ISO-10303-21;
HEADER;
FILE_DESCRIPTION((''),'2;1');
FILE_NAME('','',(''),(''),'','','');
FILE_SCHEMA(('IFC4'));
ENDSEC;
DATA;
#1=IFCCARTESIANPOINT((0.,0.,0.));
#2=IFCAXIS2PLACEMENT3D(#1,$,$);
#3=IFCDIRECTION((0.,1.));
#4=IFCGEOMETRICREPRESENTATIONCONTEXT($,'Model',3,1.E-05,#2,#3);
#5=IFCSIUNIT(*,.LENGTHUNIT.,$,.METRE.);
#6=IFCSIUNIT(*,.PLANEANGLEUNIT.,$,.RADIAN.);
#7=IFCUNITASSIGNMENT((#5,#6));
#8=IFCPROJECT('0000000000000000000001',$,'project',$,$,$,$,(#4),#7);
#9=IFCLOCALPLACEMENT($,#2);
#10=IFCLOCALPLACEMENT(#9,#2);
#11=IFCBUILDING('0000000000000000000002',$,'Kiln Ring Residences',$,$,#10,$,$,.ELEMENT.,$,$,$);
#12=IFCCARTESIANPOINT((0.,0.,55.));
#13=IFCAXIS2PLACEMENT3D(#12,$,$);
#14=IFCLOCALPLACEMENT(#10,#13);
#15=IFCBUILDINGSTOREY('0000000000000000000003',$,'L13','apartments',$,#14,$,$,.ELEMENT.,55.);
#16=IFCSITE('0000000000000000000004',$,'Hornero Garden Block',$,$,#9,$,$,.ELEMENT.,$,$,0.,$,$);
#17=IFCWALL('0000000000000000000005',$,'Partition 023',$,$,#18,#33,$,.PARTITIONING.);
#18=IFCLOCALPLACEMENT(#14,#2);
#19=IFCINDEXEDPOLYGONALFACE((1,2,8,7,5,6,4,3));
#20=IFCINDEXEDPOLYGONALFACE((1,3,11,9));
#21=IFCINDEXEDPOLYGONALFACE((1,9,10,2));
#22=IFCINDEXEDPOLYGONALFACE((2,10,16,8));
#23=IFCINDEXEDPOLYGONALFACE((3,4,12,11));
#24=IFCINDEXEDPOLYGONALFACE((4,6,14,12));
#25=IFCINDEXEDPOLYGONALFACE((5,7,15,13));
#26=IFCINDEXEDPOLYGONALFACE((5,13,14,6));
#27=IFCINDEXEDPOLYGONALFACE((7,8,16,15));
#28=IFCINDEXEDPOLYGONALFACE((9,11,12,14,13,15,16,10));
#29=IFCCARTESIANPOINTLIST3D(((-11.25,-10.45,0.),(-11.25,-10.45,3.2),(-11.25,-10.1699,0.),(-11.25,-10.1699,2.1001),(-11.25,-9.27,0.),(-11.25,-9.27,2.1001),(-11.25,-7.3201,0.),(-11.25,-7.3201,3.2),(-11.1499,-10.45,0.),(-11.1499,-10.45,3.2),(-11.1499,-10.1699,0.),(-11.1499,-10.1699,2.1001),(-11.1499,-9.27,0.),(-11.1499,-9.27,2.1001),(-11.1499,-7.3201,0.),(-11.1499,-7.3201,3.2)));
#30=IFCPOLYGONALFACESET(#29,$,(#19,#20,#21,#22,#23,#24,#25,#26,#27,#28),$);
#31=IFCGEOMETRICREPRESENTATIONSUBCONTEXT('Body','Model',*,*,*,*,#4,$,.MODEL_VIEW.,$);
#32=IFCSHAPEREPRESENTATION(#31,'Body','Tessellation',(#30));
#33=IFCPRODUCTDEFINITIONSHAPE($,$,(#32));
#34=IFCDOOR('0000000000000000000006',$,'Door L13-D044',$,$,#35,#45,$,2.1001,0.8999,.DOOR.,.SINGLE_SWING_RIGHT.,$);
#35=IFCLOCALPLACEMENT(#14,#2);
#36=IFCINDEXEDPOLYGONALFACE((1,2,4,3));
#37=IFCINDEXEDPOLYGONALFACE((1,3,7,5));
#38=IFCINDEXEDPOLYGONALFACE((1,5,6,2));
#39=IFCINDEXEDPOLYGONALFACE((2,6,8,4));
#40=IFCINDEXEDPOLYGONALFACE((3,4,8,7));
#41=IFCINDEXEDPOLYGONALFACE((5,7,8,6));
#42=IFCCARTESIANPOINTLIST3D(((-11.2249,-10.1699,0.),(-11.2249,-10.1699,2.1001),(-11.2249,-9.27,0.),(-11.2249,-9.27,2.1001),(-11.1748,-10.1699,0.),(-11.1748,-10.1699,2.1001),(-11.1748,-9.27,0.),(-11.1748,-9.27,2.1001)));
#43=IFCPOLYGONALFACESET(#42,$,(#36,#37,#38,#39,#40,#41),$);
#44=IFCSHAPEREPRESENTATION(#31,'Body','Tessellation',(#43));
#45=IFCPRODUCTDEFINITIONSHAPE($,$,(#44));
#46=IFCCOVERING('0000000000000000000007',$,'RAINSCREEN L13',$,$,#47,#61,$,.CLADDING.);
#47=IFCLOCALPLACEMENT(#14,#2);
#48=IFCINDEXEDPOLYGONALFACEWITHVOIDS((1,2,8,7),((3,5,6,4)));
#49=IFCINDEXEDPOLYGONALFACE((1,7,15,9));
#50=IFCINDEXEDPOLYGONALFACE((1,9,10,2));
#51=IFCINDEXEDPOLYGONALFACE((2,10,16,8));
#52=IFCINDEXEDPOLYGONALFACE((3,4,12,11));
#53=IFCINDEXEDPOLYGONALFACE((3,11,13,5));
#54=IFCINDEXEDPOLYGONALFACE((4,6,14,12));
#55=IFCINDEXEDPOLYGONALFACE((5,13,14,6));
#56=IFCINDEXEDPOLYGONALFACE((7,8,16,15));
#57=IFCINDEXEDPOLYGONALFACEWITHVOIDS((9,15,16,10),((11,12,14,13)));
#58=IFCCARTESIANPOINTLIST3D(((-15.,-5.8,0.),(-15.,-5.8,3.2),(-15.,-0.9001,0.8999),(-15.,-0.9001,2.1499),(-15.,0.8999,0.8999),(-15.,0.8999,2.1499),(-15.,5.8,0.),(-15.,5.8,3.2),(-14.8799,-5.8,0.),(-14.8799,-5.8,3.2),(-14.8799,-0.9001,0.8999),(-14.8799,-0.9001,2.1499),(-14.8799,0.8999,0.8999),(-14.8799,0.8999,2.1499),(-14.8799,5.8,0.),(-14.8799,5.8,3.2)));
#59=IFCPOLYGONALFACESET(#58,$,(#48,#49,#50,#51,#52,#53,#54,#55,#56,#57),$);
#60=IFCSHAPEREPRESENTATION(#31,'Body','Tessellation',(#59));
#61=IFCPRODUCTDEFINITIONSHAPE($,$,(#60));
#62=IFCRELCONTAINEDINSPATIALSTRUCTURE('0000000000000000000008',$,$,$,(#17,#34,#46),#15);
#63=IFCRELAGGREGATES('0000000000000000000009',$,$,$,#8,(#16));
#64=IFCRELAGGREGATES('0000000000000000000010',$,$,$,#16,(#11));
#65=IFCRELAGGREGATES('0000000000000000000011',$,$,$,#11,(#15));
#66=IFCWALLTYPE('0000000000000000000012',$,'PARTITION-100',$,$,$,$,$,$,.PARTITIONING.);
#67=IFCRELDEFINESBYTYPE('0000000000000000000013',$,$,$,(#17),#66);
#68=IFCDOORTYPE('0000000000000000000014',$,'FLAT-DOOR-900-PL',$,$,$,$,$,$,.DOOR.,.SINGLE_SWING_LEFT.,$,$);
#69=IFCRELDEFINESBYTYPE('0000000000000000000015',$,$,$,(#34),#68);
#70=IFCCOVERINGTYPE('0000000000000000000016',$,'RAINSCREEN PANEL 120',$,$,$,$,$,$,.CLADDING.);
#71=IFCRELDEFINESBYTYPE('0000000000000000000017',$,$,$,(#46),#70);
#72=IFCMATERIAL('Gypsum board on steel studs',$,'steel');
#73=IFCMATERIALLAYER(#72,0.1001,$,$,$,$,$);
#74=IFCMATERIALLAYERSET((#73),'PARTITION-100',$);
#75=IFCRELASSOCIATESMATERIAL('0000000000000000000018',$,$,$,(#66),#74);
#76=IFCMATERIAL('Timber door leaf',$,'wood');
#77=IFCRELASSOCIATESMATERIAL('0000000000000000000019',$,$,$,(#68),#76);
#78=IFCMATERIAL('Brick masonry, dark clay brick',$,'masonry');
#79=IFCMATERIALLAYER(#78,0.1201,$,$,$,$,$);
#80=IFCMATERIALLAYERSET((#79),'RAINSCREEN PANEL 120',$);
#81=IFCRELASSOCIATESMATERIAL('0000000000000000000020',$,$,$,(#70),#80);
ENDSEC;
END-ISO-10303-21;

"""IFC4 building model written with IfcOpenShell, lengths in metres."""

from ifc_helpers import new_model, si_unit, direction, frame, frame_2d, origin, place, context, subcontext, project, spatial, polyline, rectangle, outline, extrude, material, layer, layer_set, type_object, element, fill, save


model = new_model("IFC4")

# Units and contexts
model_context = context("Model", 3, precision=1e-05, world=origin(), true_north=direction((0.0, 1.0)))
body_context = subcontext(model_context, "Body", "Model", "MODEL_VIEW")
ifc_project = project(units=[si_unit("LENGTHUNIT", "METRE"), si_unit("PLANEANGLEUNIT", "RADIAN")], contexts=[model_context])

# Site, building, storey
site_placement = place(None, origin())
site = spatial("IfcSite", under=ifc_project, at=site_placement, Name="Hornero Garden Block", CompositionType="ELEMENT", RefElevation=0.0)
building_placement = place(site_placement, origin())
building = spatial("IfcBuilding", under=site, at=building_placement, Name="Kiln Ring Residences", CompositionType="ELEMENT")
storey_placement = place(building_placement, frame((0.0, 0.0, 55.0)))
storey = spatial("IfcBuildingStorey", under=building, at=storey_placement, Name="L13", Description="apartments", CompositionType="ELEMENT", Elevation=55.0)

# Shared definitions
ifc_material_1 = material(Name="Gypsum board on steel studs", Category="steel")
ifc_layer_1 = layer(ifc_material_1, 0.1001)
ifc_layer_set_1 = layer_set([ifc_layer_1], Name="PARTITION-100")
wall_type_1 = type_object("IfcWallType", Name="PARTITION-100", PredefinedType="PARTITIONING", material=ifc_layer_set_1)
ifc_material_2 = material(Name="Timber door leaf", Category="wood")
door_type_1 = type_object("IfcDoorType", Name="FLAT-DOOR-900-PL", OperationType="SINGLE_SWING_LEFT", PredefinedType="DOOR", material=ifc_material_2)

# Wall, opening, door
wall_1_placement = place(storey_placement, frame((-11.2, -10.45, 0.0), z_axis=(0.0, 0.0, 1.0), x_axis=(0.0, 1.0, 0.0)))
wall_1 = element("IfcWall", 1, at=wall_1_placement, inside=storey, type_object=wall_type_1, Name="Partition 023", PredefinedType="PARTITIONING", context=body_context, shape_type="SweptSolid", body=[
    extrude(rectangle(XDim=3.1299, YDim=0.1001, at=frame_2d((1.5649, 0.0))), origin(), (0.0, 0.0, 1.0), 3.2),
])
opening_1_placement = place(wall_1_placement, frame((0.28, 0.0, 0.0)))
opening_1 = element("IfcOpeningElement", 2, at=opening_1_placement, cuts=wall_1, PredefinedType="OPENING", context=body_context, shape_type="SweptSolid", body=[
    extrude(rectangle(XDim=0.8999, YDim=2.1001, at=frame_2d((0.45, 1.05))), frame((0.0, 0.0601, 0.0), z_axis=(0.0, -1.0, 0.0), x_axis=(1.0, 0.0, 0.0)), (0.0, 0.0, 1.0), 0.1201),
])
door_1_placement = place(opening_1_placement, origin())
door_1 = element("IfcDoor", 3, at=door_1_placement, inside=storey, type_object=door_type_1, Name="Door L13-D044", OperationType="SINGLE_SWING_RIGHT", OverallHeight=2.1001, OverallWidth=0.8999, PredefinedType="DOOR", context=body_context, shape_type="SweptSolid", body=[
    extrude(rectangle(XDim=0.8999, YDim=2.1001, at=frame_2d((0.45, 1.05))), frame((0.0, 0.0249, 0.0), z_axis=(0.0, -1.0, 0.0), x_axis=(1.0, 0.0, 0.0)), (0.0, 0.0, 1.0), 0.05),
])
fill(opening_1, door_1)

# Covering
ifc_material_3 = material(Name="Brick masonry, dark clay brick", Category="masonry")
ifc_layer_2 = layer(ifc_material_3, 0.1201)
ifc_layer_set_2 = layer_set([ifc_layer_2], Name="RAINSCREEN PANEL 120")
covering_type = type_object("IfcCoveringType", Name="RAINSCREEN PANEL 120", PredefinedType="CLADDING", material=ifc_layer_set_2)
covering_placement = place(storey_placement, frame((-14.9399, -5.8, 0.0), z_axis=(0.0, 0.0, 1.0), x_axis=(0.0, 1.0, 0.0)))
element("IfcCovering", 4, at=covering_placement, inside=storey, type_object=covering_type, Name="RAINSCREEN L13", PredefinedType="CLADDING", context=body_context, shape_type="SweptSolid", body=[
    extrude(outline(polyline([(0.0, 0.0), (11.6001, 0.0), (11.6001, 3.2), (0.0, 3.2), (0.0, 0.0)]), holes=[polyline([(4.8999, 2.1499), (4.8999, 0.8999), (6.7, 0.8999), (6.7, 2.1499), (4.8999, 2.1499)])]), frame((0.0, 0.0601, 0.0), z_axis=(0.0, -1.0, 0.0), x_axis=(1.0, 0.0, 0.0)), (0.0, 0.0, 1.0), 0.1201),
])

save(model, "model.ifc")
